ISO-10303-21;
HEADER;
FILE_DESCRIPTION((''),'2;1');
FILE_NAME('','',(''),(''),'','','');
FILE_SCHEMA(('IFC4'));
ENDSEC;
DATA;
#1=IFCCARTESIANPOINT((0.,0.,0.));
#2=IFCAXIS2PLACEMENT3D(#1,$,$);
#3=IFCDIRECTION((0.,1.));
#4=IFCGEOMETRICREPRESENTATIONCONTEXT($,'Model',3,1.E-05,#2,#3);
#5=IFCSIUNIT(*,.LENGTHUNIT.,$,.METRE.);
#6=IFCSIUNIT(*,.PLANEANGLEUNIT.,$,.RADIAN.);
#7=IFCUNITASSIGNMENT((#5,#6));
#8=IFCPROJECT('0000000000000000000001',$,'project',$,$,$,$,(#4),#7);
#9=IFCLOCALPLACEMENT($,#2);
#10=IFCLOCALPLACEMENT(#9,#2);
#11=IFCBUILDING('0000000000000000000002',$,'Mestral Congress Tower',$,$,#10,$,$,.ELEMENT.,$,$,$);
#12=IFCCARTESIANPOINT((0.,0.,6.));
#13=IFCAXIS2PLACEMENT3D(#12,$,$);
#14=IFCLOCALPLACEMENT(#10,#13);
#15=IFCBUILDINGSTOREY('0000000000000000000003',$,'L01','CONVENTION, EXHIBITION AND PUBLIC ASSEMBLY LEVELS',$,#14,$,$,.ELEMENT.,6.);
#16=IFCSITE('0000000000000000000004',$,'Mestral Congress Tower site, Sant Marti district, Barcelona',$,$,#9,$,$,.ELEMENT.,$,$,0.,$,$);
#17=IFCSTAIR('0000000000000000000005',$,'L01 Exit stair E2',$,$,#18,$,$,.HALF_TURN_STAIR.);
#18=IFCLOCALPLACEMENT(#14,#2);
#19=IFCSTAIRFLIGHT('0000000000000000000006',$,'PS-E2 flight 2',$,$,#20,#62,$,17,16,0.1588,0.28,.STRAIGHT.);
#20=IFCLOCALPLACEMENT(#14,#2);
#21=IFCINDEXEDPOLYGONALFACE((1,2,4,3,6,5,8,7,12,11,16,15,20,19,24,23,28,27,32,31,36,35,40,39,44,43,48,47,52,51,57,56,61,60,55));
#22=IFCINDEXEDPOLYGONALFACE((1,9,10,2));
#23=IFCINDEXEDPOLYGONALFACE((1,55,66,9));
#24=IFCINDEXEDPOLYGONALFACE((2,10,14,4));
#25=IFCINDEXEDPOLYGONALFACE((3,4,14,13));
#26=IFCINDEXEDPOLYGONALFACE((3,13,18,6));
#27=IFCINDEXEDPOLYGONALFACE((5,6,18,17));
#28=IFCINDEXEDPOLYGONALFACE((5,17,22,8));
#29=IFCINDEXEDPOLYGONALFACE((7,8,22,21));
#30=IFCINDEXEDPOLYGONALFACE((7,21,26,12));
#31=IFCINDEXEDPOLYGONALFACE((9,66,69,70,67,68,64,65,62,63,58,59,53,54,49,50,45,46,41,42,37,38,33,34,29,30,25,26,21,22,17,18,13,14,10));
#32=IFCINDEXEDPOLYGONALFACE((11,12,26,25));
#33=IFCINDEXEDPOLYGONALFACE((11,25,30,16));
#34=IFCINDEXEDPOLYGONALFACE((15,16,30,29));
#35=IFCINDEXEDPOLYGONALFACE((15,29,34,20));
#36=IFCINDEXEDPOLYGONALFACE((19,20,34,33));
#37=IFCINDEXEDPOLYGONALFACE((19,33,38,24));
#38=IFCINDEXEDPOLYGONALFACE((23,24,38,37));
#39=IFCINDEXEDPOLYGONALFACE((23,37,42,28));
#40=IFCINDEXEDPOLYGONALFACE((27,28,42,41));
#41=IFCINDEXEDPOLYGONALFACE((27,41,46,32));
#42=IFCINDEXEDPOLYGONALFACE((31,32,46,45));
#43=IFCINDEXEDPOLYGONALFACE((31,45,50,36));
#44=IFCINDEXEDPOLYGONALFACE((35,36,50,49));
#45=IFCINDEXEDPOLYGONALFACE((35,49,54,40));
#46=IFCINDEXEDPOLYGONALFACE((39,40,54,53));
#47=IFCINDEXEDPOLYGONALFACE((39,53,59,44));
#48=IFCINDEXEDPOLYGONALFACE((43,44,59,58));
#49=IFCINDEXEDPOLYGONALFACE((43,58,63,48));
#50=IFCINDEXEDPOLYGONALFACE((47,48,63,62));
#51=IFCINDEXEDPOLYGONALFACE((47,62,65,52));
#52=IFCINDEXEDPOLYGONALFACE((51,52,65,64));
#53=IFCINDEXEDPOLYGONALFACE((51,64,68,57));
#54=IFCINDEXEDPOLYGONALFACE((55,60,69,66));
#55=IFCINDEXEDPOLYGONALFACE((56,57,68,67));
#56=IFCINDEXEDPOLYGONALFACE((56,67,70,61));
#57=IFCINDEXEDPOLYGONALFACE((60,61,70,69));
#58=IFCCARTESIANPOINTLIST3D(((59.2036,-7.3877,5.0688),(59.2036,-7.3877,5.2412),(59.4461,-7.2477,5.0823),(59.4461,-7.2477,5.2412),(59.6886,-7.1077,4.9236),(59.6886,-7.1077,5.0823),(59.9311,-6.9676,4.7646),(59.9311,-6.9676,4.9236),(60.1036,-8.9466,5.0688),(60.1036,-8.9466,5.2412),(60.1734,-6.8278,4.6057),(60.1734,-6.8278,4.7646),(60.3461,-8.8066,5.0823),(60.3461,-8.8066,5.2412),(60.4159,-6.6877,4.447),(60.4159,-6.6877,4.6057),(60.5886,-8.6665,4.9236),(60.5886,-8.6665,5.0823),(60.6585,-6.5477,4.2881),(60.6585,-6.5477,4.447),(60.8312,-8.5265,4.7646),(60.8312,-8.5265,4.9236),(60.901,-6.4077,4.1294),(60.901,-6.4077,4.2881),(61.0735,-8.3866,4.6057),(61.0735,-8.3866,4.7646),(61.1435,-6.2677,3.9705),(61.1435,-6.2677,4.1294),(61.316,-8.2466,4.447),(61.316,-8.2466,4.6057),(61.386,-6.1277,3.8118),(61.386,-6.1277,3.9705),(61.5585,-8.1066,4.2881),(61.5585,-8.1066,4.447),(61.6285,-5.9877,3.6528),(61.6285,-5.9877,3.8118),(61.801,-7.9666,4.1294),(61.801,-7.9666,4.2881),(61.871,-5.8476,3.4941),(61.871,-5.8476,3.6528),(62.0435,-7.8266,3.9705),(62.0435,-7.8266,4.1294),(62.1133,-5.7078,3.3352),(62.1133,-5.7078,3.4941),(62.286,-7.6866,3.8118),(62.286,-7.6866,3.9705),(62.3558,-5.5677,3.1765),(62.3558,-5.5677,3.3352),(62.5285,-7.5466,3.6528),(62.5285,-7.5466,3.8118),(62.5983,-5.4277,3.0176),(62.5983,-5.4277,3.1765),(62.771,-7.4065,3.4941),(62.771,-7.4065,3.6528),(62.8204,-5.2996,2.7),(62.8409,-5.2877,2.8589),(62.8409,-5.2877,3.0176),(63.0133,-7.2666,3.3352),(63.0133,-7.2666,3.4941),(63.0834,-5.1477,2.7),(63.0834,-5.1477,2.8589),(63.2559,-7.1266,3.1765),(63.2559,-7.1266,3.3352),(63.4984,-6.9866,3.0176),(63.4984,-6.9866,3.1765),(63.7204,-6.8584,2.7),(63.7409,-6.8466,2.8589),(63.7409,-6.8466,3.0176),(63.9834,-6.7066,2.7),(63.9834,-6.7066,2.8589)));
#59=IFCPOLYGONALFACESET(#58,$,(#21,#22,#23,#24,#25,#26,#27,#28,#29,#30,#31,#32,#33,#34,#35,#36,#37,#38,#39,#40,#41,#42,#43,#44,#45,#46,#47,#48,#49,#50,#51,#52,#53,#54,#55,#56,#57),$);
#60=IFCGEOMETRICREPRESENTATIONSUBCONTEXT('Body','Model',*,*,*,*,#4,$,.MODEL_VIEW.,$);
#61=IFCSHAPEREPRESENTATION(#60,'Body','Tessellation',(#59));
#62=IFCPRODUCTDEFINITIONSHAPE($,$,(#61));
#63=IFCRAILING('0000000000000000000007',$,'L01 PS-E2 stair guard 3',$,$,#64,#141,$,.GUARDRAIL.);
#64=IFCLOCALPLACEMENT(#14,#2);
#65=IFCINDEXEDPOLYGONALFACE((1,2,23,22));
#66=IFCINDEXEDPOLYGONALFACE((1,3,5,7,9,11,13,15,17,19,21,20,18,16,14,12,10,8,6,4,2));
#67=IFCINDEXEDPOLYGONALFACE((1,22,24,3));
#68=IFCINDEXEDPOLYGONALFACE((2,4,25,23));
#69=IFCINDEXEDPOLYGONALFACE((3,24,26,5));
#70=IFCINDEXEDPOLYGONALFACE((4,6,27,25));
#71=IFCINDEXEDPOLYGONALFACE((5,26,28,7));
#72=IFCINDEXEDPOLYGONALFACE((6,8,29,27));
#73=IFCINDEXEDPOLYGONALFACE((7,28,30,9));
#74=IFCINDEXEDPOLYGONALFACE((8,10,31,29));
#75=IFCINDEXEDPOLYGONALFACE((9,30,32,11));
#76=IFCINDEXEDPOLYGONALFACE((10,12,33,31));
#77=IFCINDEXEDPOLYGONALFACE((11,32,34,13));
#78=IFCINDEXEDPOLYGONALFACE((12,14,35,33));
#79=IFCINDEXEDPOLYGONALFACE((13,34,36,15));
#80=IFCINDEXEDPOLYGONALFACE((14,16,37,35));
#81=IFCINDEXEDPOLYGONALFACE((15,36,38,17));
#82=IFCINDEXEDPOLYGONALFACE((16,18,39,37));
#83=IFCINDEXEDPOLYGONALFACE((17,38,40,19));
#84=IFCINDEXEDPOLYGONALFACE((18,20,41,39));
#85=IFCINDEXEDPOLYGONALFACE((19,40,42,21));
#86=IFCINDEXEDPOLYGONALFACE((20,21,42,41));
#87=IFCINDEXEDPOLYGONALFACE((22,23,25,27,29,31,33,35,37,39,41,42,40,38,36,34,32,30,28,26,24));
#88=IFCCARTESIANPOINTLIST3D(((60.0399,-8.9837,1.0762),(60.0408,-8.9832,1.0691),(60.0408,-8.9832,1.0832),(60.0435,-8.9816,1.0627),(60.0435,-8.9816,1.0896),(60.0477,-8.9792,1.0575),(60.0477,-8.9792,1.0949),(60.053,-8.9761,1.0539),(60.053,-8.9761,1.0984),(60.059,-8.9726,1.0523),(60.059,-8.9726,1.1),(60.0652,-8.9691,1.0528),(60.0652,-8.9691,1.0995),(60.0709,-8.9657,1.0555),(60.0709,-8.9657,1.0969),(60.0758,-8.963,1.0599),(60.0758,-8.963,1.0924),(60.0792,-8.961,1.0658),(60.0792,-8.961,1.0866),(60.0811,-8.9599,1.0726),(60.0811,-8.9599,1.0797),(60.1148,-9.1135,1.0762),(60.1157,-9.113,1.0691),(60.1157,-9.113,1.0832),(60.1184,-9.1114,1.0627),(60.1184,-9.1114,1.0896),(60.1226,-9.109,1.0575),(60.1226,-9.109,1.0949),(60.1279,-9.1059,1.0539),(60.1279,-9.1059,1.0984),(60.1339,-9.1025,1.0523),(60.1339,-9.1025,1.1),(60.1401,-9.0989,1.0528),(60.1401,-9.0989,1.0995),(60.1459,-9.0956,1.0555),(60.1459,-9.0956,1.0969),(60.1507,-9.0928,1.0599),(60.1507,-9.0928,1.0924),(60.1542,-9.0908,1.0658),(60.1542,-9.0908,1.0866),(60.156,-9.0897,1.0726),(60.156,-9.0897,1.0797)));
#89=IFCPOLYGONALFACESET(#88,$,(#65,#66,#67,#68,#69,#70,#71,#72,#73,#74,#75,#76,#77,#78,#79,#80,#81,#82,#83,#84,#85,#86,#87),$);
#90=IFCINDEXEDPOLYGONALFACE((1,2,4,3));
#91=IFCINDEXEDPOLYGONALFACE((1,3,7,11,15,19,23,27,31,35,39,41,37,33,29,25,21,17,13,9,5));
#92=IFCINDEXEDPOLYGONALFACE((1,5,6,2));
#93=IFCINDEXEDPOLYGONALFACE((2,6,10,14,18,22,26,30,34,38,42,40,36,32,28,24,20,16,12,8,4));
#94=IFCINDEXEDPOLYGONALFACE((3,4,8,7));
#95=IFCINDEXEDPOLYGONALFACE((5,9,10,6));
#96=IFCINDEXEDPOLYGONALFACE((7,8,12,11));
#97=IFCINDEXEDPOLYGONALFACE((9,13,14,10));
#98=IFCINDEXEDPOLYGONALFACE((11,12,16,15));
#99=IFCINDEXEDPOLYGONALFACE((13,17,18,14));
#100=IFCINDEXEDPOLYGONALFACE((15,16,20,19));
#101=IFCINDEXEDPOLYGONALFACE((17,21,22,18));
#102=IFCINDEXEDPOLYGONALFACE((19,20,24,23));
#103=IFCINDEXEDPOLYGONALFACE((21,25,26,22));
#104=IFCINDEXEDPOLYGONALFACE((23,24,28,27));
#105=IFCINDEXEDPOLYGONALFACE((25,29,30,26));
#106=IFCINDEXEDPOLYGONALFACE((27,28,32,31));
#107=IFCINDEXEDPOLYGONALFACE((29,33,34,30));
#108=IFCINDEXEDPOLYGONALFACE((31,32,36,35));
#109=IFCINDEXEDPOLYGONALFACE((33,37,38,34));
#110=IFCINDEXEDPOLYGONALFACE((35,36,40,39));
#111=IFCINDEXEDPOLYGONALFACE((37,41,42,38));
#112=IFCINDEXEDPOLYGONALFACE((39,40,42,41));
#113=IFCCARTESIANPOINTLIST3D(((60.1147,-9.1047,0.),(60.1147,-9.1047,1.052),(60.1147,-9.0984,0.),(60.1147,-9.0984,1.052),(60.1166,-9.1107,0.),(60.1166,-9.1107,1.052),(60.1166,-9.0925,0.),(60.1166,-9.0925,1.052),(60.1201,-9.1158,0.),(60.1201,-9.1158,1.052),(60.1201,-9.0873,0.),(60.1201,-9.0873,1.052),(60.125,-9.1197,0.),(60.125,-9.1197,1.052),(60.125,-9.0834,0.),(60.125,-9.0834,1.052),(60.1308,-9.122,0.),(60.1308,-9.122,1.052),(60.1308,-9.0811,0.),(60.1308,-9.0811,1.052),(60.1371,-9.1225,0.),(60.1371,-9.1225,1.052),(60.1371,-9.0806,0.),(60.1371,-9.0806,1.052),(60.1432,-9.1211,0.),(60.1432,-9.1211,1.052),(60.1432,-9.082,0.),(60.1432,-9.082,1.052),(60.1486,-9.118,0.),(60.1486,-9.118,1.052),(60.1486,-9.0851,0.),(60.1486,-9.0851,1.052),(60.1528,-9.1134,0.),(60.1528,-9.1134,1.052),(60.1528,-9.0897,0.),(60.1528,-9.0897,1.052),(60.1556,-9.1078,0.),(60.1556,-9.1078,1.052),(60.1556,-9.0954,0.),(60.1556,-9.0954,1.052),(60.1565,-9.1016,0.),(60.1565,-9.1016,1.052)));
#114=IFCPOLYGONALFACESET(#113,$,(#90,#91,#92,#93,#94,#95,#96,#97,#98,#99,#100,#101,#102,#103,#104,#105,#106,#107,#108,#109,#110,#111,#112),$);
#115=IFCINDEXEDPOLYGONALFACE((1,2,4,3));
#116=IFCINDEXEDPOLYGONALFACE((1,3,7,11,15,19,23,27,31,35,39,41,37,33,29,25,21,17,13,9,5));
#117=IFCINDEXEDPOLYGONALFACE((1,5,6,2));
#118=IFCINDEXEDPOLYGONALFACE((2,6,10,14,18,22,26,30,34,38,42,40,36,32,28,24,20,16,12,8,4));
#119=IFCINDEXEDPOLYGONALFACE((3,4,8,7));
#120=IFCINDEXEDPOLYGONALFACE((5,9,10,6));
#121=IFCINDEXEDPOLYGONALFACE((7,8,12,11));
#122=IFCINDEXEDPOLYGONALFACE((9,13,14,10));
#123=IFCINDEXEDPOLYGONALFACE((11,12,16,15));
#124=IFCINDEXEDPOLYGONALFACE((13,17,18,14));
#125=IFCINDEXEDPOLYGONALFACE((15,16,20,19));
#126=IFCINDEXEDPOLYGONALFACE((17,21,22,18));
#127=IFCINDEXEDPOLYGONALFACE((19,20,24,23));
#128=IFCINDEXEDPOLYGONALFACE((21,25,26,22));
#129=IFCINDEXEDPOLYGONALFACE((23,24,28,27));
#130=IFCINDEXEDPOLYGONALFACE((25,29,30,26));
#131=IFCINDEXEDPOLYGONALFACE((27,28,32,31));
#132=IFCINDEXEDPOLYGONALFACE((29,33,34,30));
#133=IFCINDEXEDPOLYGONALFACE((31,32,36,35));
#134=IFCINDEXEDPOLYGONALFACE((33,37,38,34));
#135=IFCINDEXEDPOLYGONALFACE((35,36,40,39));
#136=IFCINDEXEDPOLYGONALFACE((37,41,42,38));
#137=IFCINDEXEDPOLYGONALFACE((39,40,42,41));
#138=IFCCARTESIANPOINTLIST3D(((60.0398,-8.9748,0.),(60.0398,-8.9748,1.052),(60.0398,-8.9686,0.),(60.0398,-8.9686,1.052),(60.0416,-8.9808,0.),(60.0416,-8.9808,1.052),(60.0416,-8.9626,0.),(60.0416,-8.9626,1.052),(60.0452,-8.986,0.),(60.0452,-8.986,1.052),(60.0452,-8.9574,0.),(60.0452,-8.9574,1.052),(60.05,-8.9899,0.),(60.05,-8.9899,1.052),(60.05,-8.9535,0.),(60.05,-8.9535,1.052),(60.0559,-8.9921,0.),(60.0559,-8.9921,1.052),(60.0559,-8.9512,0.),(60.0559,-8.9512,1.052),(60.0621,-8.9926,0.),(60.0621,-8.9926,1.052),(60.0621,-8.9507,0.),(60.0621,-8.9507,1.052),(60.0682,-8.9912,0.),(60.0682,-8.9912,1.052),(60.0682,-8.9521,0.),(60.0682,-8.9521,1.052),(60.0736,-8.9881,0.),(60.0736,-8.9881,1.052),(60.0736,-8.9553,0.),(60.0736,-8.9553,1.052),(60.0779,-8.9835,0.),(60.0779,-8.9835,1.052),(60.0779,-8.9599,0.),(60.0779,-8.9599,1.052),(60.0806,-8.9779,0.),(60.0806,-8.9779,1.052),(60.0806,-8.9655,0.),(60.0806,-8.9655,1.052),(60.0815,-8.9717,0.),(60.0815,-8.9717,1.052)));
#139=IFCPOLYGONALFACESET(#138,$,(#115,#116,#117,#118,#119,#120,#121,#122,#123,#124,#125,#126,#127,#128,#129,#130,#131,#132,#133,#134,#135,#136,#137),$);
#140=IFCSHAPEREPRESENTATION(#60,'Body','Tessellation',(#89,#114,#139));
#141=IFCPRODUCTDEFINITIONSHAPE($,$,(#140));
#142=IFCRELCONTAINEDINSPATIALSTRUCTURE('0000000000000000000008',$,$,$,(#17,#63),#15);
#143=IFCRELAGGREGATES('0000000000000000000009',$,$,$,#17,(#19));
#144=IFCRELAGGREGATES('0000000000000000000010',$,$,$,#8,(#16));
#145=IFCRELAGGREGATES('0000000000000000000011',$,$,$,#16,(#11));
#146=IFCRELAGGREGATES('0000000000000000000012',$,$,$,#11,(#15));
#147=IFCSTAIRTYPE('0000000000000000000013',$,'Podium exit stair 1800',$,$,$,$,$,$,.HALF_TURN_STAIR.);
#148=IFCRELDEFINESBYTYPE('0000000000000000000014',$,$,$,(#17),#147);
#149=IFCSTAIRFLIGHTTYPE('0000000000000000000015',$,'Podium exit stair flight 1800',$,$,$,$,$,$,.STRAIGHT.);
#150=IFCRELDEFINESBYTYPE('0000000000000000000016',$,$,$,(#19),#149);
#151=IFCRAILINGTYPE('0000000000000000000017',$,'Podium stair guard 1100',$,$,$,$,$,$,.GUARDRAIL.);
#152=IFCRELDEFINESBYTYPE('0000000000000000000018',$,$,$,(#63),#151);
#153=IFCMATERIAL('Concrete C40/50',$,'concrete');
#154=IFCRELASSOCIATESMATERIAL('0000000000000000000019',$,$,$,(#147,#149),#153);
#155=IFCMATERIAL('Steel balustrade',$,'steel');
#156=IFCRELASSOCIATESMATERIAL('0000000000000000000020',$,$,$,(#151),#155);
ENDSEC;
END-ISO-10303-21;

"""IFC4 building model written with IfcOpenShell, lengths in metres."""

from ifc_helpers import new_model, si_unit, direction, frame, origin, origin_2d, place, context, subcontext, project, spatial, polyline, circle, outline, extrude, material, type_object, element, aggregate, save


model = new_model("IFC4")

# Units and contexts
model_context = context("Model", 3, precision=1e-05, world=origin(), true_north=direction((0.0, 1.0)))
body_context = subcontext(model_context, "Body", "Model", "MODEL_VIEW")
ifc_project = project(units=[si_unit("LENGTHUNIT", "METRE"), si_unit("PLANEANGLEUNIT", "RADIAN")], contexts=[model_context])

# Site, building, storey
site_placement = place(None, origin())
site = spatial("IfcSite", under=ifc_project, at=site_placement, Name="Mestral Congress Tower site, Sant Marti district, Barcelona", CompositionType="ELEMENT", RefElevation=0.0)
building_placement = place(site_placement, origin())
building = spatial("IfcBuilding", under=site, at=building_placement, Name="Mestral Congress Tower", CompositionType="ELEMENT")
storey_placement = place(building_placement, frame((0.0, 0.0, 6.0)))
storey = spatial("IfcBuildingStorey", under=building, at=storey_placement, Name="L01", Description="CONVENTION, EXHIBITION AND PUBLIC ASSEMBLY LEVELS", CompositionType="ELEMENT", Elevation=6.0)

# Stair, stair flight
ifc_material_1 = material(Name="Concrete C40/50", Category="concrete")
stair_type = type_object("IfcStairType", Name="Podium exit stair 1800", PredefinedType="HALF_TURN_STAIR", material=ifc_material_1)
stair_placement = place(storey_placement, origin())
stair = element("IfcStair", 1, at=stair_placement, inside=storey, type_object=stair_type, Name="L01 Exit stair E2", PredefinedType="HALF_TURN_STAIR")
stair_flight_type = type_object("IfcStairFlightType", Name="Podium exit stair flight 1800", PredefinedType="STRAIGHT", material=ifc_material_1)
stair_flight_placement = place(storey_placement, frame((63.5334, -5.9272, 2.7), z_axis=(0.0, 0.0, 1.0), x_axis=(-0.866025, -0.5, 0.0)))
stair_flight = element("IfcStairFlight", 2, at=stair_flight_placement, type_object=stair_flight_type, Name="PS-E2 flight 2", NumberOfRisers=17, NumberOfTreads=16, PredefinedType="STRAIGHT", RiserHeight=0.1588, TreadLength=0.28, context=body_context, shape_type="SweptSolid", body=[
    extrude(outline(polyline([(0.0, 0.0), (0.0, 0.1589), (0.28, 0.1589), (0.28, 0.3176), (0.5601, 0.3176), (0.5601, 0.4766), (0.8401, 0.4766), (0.8401, 0.6353), (1.1201, 0.6353), (1.1201, 0.7942), (1.3999, 0.7942), (1.3999, 0.9529), (1.6799, 0.9529), (1.6799, 1.1118), (1.96, 1.1118), (1.96, 1.2705), (2.24, 1.2705), (2.24, 1.4294), (2.52, 1.4294), (2.52, 1.5881), (2.8, 1.5881), (2.8, 1.7471), (3.0801, 1.7471), (3.0801, 1.9058), (3.3601, 1.9058), (3.3601, 2.0647), (3.6399, 2.0647), (3.6399, 2.2236), (3.9199, 2.2236), (3.9199, 2.3823), (4.2, 2.3823), (4.2, 2.5413), (4.48, 2.5413), (4.48, 2.7), (4.48, 2.3689), (0.3037, 0.0), (0.0, 0.0)])), frame((0.0, 0.8999, 0.0), z_axis=(0.0, -1.0, 0.0), x_axis=(1.0, 0.0, 0.0)), (0.0, 0.0, 1.0), 1.8),
])
aggregate(stair, [stair_flight])

# Railing
ifc_material_2 = material(Name="Steel balustrade", Category="steel")
railing_type_1 = type_object("IfcRailingType", Name="Podium stair guard 1100", PredefinedType="GUARDRAIL", material=ifc_material_2)
railing_1_placement = place(storey_placement, frame((60.1355, -9.1016, 0.0)))
element("IfcRailing", 3, at=railing_1_placement, inside=storey, type_object=railing_type_1, Name="L01 PS-E2 stair guard 3", PredefinedType="GUARDRAIL", context=body_context, shape_type="SweptSolid", body=[
    extrude(circle(Radius=0.0239, at=origin_2d()), frame((0.0, 0.0, 1.0762), z_axis=(-0.499816, 0.866131, 0.0), x_axis=(-0.866131, -0.499816, 0.0)), (0.0, 0.0, 1.0), 0.1499),
    extrude(circle(Radius=0.021, at=origin_2d()), origin(), (0.0, 0.0, 1.0), 1.052),
    extrude(circle(Radius=0.021, at=origin_2d()), frame((-0.075, 0.1299, 0.0)), (0.0, 0.0, 1.0), 1.052),
])

save(model, "model.ifc")
